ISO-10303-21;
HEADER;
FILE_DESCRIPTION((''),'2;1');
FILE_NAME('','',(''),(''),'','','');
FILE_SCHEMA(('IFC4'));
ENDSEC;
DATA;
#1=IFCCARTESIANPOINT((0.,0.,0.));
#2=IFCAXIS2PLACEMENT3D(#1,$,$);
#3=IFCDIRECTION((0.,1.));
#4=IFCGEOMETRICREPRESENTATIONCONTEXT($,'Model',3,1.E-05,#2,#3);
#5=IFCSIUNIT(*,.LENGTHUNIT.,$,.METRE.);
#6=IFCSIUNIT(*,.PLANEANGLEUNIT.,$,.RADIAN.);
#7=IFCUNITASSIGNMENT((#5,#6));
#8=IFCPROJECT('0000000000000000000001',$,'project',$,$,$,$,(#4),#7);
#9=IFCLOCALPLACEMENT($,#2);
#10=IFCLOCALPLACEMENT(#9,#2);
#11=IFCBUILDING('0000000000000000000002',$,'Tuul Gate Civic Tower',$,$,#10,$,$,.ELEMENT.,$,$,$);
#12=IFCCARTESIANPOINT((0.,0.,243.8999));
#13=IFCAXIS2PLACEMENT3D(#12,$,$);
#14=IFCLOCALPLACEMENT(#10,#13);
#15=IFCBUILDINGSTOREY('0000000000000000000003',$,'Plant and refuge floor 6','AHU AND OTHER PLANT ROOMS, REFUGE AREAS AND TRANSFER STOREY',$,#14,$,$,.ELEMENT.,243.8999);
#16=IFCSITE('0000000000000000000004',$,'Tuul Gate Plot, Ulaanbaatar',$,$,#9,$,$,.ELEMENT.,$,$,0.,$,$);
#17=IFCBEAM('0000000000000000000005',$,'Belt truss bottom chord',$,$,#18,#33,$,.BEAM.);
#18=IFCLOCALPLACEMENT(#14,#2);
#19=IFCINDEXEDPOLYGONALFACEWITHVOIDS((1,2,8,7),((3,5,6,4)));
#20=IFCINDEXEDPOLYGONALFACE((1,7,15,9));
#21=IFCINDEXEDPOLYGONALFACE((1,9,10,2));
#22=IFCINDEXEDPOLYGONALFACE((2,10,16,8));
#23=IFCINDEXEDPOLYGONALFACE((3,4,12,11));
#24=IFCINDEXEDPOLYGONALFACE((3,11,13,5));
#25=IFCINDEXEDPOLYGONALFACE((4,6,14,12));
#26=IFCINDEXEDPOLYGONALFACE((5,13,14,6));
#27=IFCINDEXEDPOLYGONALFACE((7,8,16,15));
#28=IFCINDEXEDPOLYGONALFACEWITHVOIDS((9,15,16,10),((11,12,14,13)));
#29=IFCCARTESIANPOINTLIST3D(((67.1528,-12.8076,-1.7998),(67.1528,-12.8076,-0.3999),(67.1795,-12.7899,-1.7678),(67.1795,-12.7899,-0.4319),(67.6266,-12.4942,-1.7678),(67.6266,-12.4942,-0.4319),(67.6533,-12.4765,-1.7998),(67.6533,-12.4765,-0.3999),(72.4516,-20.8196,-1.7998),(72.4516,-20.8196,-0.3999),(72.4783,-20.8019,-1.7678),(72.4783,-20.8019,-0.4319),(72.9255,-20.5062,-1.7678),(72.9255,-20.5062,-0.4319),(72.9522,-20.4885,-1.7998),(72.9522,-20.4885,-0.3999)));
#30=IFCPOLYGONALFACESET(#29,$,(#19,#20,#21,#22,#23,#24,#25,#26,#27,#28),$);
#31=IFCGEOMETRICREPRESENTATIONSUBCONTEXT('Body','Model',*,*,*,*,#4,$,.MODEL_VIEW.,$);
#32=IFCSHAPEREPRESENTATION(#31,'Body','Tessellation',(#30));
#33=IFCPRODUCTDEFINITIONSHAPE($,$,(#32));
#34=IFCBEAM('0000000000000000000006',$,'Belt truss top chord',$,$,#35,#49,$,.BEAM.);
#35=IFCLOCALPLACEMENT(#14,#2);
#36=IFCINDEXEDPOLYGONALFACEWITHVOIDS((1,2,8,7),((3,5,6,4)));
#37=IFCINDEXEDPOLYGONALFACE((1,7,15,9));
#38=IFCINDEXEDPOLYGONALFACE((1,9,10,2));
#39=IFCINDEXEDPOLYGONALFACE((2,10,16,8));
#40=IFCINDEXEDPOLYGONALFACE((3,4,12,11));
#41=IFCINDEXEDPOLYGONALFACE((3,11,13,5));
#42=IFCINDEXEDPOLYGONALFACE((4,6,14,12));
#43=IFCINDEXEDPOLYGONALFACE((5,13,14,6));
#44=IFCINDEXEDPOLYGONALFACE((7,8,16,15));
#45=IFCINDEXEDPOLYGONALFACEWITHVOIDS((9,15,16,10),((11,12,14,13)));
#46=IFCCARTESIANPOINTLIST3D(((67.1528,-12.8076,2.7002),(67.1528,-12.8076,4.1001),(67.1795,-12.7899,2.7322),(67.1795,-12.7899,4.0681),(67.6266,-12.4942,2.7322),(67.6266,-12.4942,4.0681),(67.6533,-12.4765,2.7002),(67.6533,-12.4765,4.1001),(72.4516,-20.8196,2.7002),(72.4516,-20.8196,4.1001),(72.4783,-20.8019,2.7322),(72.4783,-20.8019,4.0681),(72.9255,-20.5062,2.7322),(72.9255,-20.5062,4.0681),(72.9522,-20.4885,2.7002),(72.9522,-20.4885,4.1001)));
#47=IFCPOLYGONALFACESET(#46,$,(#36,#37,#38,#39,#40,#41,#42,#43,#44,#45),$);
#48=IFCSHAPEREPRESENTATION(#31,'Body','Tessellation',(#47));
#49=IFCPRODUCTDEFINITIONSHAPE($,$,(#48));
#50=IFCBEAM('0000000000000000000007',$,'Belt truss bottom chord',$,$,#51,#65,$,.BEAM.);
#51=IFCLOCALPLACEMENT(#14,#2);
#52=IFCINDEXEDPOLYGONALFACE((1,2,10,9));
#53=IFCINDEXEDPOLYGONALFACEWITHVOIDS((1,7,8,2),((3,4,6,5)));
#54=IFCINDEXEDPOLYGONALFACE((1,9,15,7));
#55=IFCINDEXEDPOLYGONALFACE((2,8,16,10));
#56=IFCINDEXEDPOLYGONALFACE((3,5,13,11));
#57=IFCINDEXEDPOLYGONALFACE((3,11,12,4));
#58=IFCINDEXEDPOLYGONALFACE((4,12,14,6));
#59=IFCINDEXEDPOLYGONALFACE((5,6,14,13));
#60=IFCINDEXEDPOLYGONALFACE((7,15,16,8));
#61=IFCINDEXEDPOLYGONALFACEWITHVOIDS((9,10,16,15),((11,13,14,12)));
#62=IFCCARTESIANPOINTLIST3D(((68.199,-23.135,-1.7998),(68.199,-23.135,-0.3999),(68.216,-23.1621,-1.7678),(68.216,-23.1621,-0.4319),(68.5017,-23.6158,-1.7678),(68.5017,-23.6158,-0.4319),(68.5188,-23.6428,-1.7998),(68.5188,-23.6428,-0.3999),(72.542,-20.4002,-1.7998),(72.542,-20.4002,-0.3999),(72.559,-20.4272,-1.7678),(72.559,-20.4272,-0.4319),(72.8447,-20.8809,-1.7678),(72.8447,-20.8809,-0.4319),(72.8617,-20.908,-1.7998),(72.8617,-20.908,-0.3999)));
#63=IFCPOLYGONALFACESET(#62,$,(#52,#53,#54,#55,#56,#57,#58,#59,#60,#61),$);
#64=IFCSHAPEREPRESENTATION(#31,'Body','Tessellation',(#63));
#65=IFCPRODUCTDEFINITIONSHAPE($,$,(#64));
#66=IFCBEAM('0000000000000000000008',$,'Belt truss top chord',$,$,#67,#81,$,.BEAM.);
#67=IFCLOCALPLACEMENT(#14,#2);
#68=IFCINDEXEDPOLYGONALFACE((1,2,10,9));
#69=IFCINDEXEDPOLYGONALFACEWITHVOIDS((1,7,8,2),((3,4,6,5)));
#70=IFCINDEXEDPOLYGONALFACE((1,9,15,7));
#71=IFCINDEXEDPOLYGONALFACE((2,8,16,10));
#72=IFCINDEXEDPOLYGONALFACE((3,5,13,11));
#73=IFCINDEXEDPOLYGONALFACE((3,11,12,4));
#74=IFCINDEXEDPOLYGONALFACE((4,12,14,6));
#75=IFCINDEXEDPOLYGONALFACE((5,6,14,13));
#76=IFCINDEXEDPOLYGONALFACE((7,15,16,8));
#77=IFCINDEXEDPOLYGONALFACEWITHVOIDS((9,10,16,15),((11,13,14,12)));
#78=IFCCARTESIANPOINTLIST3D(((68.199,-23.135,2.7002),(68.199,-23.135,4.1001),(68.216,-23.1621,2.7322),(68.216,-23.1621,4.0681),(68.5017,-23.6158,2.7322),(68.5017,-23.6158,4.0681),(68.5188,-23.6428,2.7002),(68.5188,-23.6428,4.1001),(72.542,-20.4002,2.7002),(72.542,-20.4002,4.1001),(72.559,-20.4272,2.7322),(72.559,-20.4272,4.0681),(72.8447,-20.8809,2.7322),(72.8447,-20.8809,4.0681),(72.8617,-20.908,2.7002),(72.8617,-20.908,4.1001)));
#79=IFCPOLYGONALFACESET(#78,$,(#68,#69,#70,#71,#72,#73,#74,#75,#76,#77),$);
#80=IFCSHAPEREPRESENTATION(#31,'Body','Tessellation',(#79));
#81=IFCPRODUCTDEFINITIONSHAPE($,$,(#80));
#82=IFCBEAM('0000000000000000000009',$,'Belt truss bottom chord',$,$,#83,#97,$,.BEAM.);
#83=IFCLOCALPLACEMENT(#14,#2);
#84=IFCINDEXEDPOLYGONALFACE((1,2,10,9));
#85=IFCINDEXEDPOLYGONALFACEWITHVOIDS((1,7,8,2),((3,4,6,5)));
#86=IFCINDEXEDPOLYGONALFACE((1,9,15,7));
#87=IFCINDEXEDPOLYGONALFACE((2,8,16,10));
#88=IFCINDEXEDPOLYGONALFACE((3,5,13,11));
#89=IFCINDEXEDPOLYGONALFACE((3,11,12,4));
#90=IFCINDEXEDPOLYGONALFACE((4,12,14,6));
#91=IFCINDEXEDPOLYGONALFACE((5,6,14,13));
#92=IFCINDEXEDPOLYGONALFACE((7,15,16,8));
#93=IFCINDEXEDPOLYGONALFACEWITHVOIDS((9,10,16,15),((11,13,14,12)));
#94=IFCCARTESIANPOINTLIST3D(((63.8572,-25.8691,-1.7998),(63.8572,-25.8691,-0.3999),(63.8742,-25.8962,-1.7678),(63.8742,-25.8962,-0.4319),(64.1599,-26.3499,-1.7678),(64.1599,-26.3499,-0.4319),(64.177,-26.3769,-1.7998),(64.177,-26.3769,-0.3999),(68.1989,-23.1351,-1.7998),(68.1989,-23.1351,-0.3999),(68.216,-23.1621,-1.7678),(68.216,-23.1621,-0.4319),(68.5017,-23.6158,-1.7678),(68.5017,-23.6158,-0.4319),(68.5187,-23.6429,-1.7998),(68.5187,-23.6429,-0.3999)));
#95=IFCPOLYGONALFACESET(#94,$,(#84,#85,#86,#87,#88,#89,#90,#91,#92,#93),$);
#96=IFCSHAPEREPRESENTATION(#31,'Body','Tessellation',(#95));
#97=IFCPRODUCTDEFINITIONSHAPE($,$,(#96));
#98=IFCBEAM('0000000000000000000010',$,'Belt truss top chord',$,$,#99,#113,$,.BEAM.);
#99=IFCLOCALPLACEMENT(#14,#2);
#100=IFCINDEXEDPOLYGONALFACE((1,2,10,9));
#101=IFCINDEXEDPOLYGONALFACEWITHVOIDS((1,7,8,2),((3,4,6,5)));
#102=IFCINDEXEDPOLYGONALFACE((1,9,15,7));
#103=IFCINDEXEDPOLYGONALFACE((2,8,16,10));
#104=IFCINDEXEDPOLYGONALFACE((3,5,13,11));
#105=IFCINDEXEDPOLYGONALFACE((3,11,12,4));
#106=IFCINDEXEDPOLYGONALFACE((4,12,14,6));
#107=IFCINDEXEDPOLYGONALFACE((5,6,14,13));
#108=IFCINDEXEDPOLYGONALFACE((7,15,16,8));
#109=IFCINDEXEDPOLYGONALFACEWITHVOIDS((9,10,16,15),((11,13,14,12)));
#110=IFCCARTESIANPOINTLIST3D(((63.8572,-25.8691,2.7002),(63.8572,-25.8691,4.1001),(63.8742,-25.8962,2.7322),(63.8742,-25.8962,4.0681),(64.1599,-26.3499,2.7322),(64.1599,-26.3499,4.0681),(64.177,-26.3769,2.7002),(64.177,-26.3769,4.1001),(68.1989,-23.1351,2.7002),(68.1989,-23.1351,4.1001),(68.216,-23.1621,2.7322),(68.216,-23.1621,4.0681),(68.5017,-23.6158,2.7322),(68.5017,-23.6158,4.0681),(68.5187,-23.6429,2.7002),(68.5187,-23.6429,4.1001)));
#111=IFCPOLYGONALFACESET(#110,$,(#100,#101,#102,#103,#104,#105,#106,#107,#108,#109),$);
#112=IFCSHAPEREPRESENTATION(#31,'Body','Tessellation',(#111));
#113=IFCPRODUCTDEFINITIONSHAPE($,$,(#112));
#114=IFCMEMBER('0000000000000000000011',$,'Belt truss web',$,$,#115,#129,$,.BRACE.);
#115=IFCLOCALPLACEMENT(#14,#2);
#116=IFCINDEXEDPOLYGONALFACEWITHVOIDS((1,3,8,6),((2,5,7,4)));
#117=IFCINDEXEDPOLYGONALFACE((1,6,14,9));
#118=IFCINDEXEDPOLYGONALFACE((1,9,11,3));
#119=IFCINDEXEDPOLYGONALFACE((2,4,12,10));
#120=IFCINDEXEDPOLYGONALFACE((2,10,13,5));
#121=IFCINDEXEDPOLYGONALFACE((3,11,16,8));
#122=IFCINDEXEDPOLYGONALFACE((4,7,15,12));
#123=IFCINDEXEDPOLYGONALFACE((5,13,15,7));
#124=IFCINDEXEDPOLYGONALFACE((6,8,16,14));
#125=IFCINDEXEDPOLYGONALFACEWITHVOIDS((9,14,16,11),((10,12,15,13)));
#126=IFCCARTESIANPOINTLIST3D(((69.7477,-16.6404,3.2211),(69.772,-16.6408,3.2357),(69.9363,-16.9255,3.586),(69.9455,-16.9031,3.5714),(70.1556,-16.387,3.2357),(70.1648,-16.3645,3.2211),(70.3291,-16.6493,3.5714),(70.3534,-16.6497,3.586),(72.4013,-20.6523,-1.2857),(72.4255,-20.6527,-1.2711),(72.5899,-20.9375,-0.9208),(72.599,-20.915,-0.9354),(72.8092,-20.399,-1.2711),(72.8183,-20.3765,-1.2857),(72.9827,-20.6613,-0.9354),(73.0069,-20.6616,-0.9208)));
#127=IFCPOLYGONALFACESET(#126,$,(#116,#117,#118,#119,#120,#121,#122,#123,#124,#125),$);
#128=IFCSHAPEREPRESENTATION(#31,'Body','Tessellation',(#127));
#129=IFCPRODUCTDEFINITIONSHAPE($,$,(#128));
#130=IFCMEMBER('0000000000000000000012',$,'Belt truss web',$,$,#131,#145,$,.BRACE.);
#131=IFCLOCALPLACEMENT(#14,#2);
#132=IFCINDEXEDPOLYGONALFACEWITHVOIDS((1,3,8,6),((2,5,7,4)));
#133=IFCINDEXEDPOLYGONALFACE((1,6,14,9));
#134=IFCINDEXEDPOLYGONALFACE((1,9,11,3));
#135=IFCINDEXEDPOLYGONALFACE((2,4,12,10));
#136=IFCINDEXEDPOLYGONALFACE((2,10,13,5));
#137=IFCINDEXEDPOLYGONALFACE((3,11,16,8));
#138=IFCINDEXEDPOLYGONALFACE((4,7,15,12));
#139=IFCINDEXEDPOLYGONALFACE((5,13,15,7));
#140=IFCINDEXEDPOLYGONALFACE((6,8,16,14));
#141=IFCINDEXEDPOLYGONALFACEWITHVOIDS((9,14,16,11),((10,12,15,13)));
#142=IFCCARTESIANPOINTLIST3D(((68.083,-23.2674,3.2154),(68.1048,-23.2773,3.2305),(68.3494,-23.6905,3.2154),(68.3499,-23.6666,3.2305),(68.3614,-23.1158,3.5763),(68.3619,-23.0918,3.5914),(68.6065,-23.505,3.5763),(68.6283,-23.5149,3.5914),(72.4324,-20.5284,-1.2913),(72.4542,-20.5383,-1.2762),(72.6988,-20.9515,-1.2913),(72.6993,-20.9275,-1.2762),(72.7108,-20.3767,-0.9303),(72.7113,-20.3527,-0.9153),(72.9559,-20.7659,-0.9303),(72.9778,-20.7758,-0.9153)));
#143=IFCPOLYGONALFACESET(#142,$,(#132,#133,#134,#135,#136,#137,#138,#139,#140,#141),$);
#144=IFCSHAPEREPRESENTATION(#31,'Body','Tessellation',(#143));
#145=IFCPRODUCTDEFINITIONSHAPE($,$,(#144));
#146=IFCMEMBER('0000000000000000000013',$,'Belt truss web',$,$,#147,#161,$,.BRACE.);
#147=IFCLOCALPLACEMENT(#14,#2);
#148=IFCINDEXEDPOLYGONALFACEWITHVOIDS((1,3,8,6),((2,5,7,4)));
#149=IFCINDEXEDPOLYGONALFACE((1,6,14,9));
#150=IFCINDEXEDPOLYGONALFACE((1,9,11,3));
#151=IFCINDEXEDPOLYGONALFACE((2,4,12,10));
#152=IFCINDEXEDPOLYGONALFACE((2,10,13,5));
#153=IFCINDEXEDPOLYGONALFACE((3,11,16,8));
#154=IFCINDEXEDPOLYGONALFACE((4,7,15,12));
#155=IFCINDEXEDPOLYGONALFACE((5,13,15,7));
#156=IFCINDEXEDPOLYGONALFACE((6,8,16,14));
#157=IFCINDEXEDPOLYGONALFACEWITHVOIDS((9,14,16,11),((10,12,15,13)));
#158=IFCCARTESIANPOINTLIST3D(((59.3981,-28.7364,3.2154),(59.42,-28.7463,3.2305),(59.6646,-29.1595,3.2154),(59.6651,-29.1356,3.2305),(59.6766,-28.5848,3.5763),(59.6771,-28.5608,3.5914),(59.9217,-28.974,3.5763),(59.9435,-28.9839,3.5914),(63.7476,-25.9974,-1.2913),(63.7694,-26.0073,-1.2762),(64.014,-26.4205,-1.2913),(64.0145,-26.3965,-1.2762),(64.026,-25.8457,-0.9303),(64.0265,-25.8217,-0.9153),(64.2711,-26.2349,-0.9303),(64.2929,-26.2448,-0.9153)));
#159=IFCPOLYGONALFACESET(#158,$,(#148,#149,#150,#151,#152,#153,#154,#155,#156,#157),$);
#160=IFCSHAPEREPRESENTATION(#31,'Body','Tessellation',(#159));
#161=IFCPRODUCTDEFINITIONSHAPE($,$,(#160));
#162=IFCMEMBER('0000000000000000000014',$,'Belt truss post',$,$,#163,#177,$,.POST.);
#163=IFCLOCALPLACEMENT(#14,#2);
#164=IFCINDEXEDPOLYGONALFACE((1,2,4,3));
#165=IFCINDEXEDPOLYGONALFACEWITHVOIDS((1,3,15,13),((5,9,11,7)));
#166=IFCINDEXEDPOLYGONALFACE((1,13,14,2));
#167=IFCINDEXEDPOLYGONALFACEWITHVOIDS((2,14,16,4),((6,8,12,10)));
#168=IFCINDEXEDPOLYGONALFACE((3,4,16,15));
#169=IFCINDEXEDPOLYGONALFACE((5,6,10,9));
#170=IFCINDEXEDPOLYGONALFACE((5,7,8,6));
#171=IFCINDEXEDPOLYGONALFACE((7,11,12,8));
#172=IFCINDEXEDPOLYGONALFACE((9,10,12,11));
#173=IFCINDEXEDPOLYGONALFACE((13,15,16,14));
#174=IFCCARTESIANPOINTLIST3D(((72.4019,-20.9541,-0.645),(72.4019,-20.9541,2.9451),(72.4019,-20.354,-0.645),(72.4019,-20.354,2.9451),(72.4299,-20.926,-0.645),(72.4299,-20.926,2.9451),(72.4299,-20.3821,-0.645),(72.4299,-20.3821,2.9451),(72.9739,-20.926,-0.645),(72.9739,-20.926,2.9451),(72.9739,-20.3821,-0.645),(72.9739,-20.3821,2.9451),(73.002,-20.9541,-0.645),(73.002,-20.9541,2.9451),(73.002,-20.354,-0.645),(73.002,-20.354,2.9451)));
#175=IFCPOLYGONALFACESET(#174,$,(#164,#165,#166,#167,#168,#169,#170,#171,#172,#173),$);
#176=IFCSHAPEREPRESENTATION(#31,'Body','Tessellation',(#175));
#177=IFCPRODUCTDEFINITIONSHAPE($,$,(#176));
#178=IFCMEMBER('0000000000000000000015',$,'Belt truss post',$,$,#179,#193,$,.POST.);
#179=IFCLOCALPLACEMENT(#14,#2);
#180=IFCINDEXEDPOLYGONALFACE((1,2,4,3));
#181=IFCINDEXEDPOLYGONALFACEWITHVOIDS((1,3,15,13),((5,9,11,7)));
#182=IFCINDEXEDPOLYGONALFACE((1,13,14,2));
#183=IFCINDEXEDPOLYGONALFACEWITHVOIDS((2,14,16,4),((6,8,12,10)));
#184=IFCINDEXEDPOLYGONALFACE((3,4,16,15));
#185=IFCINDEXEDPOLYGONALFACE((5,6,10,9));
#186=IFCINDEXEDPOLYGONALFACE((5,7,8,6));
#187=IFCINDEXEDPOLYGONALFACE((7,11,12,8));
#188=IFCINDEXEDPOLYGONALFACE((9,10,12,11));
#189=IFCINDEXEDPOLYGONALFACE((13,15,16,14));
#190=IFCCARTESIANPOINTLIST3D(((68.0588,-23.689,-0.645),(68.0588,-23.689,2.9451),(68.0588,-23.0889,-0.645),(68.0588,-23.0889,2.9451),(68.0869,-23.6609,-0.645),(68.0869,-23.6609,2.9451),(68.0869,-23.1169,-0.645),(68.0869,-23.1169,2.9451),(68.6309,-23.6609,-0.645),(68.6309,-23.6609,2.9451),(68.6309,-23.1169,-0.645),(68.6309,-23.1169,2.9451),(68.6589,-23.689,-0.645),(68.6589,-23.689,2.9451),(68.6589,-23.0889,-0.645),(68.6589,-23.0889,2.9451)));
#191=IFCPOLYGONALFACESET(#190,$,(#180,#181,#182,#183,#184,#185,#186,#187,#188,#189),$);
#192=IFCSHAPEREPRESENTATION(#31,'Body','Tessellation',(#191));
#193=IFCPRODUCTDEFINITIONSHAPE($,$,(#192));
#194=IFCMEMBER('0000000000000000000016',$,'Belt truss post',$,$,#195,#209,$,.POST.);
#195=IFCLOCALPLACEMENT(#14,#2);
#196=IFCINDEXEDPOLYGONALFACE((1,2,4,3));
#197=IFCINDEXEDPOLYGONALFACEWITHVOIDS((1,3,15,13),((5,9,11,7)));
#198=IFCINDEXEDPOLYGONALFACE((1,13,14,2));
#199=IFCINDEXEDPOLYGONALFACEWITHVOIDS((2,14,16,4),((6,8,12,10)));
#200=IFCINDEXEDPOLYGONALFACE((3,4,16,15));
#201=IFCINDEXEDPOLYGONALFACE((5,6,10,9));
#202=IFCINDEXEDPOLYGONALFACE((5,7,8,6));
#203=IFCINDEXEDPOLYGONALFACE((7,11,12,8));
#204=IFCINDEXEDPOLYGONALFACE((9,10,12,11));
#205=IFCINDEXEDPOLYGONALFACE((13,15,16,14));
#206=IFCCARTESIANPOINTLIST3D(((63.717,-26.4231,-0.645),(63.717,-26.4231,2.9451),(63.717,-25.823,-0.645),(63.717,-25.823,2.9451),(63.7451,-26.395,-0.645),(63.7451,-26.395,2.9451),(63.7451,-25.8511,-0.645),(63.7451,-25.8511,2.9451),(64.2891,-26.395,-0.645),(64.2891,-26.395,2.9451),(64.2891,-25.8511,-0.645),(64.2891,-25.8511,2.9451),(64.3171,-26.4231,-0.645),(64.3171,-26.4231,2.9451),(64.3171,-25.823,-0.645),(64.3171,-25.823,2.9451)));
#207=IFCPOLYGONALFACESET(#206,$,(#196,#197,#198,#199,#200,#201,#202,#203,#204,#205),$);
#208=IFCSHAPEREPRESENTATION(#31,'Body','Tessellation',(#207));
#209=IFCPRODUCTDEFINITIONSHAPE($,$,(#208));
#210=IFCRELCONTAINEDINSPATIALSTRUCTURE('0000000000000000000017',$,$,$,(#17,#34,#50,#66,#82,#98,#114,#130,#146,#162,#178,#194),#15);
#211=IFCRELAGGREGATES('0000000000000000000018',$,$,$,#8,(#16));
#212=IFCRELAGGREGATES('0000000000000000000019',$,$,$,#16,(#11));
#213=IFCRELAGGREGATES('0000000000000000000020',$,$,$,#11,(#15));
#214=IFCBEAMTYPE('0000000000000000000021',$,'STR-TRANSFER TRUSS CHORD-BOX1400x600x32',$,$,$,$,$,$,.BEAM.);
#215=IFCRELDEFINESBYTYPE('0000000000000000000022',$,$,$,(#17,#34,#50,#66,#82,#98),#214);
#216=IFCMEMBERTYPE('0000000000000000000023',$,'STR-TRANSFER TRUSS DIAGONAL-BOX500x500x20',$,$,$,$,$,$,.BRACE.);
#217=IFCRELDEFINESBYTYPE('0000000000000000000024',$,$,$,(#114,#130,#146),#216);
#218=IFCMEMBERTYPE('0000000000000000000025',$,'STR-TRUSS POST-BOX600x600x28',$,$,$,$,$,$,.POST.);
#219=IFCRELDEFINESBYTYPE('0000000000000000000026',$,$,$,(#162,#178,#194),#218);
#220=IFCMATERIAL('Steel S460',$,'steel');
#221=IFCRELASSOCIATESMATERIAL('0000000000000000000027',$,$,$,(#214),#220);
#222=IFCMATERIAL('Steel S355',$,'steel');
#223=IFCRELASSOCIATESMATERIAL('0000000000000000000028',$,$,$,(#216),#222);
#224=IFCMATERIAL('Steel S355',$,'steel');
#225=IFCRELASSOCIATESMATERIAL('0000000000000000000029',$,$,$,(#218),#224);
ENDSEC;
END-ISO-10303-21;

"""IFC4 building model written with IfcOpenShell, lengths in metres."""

from ifc_helpers import new_model, si_unit, direction, frame, origin, origin_2d, place, context, subcontext, project, spatial, hollow_rectangle, extrude, material, material_profile, profile_set, type_object, element, save


model = new_model("IFC4")

# Units and contexts
model_context = context("Model", 3, precision=1e-05, world=origin(), true_north=direction((0.0, 1.0)))
body_context = subcontext(model_context, "Body", "Model", "MODEL_VIEW")
ifc_project = project(units=[si_unit("LENGTHUNIT", "METRE"), si_unit("PLANEANGLEUNIT", "RADIAN")], contexts=[model_context])

# Site, building, storey
site_placement = place(None, origin())
site = spatial("IfcSite", under=ifc_project, at=site_placement, Name="Tuul Gate Plot, Ulaanbaatar", CompositionType="ELEMENT", RefElevation=0.0)
building_placement = place(site_placement, origin())
building = spatial("IfcBuilding", under=site, at=building_placement, Name="Tuul Gate Civic Tower", CompositionType="ELEMENT")
storey_placement = place(building_placement, frame((0.0, 0.0, 243.8999)))
storey = spatial("IfcBuildingStorey", under=building, at=storey_placement, Name="Plant and refuge floor 6", Description="AHU AND OTHER PLANT ROOMS, REFUGE AREAS AND TRANSFER STOREY", CompositionType="ELEMENT", Elevation=243.8999)

# Beams
ifc_material_1 = material(Name="Steel S460", Category="steel")
ifc_material_profile_1 = material_profile(ifc_material_1, hollow_rectangle(XDim=0.6001, YDim=1.3999, WallThickness=0.032, at=origin_2d()), Name="BOX1400x600x32")
ifc_profile_set_1 = profile_set([ifc_material_profile_1], Name="Steel S460")
beam_type = type_object("IfcBeamType", Name="STR-TRANSFER TRUSS CHORD-BOX1400x600x32", PredefinedType="BEAM", material=ifc_profile_set_1)
for number, where, z_axis, x_axis, name in (
    (1, (72.7019, -20.6541, -1.0999), (-0.551635, 0.834086, 0.0), (-0.834086, -0.551635, 0.0), "Belt truss bottom chord"),
    (2, (72.7019, -20.6541, 3.4001), (-0.551635, 0.834086, 0.0), (-0.834086, -0.551635, 0.0), "Belt truss top chord"),
):
    element("IfcBeam", number, at=place(storey_placement, frame(where, z_axis=z_axis, x_axis=x_axis)), inside=storey, type_object=beam_type, Name=name, PredefinedType="BEAM", context=body_context, shape_type="SweptSolid", body=[
        extrude(hollow_rectangle(XDim=0.6001, YDim=1.3999, WallThickness=0.032, at=origin_2d()), origin(), (0.0, 0.0, 1.0), 9.6057),
    ])
for number, where, z_axis, x_axis, name in (
    (3, (68.3589, -23.3889, -1.0999), (0.8462, 0.532865, 0.0), (-0.532865, 0.8462, 0.0), "Belt truss bottom chord"),
    (4, (68.3589, -23.3889, 3.4001), (0.8462, 0.532865, 0.0), (-0.532865, 0.8462, 0.0), "Belt truss top chord"),
):
    element("IfcBeam", number, at=place(storey_placement, frame(where, z_axis=z_axis, x_axis=x_axis)), inside=storey, type_object=beam_type, Name=name, PredefinedType="BEAM", context=body_context, shape_type="SweptSolid", body=[
        extrude(hollow_rectangle(XDim=0.6001, YDim=1.3999, WallThickness=0.032, at=origin_2d()), origin(), (0.0, 0.0, 1.0), 5.1323),
    ])
for number, where, z_axis, x_axis, name in (
    (5, (64.0171, -26.123, -1.0999), (0.846197, 0.53287, 0.0), (-0.53287, 0.846197, 0.0), "Belt truss bottom chord"),
    (6, (64.0171, -26.123, 3.4001), (0.846197, 0.53287, 0.0), (-0.53287, 0.846197, 0.0), "Belt truss top chord"),
):
    element("IfcBeam", number, at=place(storey_placement, frame(where, z_axis=z_axis, x_axis=x_axis)), inside=storey, type_object=beam_type, Name=name, PredefinedType="BEAM", context=body_context, shape_type="SweptSolid", body=[
        extrude(hollow_rectangle(XDim=0.6001, YDim=1.3999, WallThickness=0.032, at=origin_2d()), origin(), (0.0, 0.0, 1.0), 5.1309),
    ])

# Members
ifc_material_2 = material(Name="Steel S355", Category="steel")
ifc_material_profile_2 = material_profile(ifc_material_2, hollow_rectangle(XDim=0.5, YDim=0.5, WallThickness=0.02, at=origin_2d()), Name="BOX500x500x20")
ifc_profile_set_2 = profile_set([ifc_material_profile_2], Name="Steel S355")
member_type_1 = type_object("IfcMemberType", Name="STR-TRANSFER TRUSS DIAGONAL-BOX500x500x20", PredefinedType="BRACE", material=ifc_profile_set_2)
member_placement = place(storey_placement, frame((72.7041, -20.657, -1.1033), z_axis=(-0.402569, 0.60865, 0.683727), x_axis=(-0.834067, -0.551663, 0.0)))
element("IfcMember", 7, at=member_placement, inside=storey, type_object=member_type_1, Name="Belt truss web", PredefinedType="BRACE", context=body_context, shape_type="SweptSolid", body=[
    extrude(hollow_rectangle(XDim=0.5, YDim=0.5, WallThickness=0.02, at=origin_2d()), origin(), (0.0, 0.0, 1.0), 6.5916),
])
for number, where, z_axis, x_axis, name in (
    (8, (72.7051, -20.6521, -1.1033), (-0.63626, -0.400685, 0.659261), (0.532886, -0.846187, 0.0), "Belt truss web"),
    (9, (64.0203, -26.1211, -1.1033), (-0.63626, -0.400685, 0.659261), (0.532886, -0.846187, 0.0), "Belt truss web"),
):
    element("IfcMember", number, at=place(storey_placement, frame(where, z_axis=z_axis, x_axis=x_axis)), inside=storey, type_object=member_type_1, Name=name, PredefinedType="BRACE", context=body_context, shape_type="SweptSolid", body=[
        extrude(hollow_rectangle(XDim=0.5, YDim=0.5, WallThickness=0.02, at=origin_2d()), origin(), (0.0, 0.0, 1.0), 6.8359),
    ])
ifc_material_3 = material(Name="Steel S355", Category="steel")
ifc_material_profile_3 = material_profile(ifc_material_3, hollow_rectangle(XDim=0.6001, YDim=0.6001, WallThickness=0.0281, at=origin_2d()), Name="BOX600x600x28")
ifc_profile_set_3 = profile_set([ifc_material_profile_3], Name="Steel S355")
member_type_2 = type_object("IfcMemberType", Name="STR-TRUSS POST-BOX600x600x28", PredefinedType="POST", material=ifc_profile_set_3)
for number, where, z_axis, x_axis, name in (
    (10, (72.7019, -20.6541, -0.645), (0.0, 0.0, 1.0), (1.0, 0.0, 0.0), "Belt truss post"),
    (11, (68.3589, -23.3889, -0.645), (0.0, 0.0, 1.0), (1.0, 0.0, 0.0), "Belt truss post"),
    (12, (64.0171, -26.123, -0.645), (0.0, 0.0, 1.0), (1.0, 0.0, 0.0), "Belt truss post"),
):
    element("IfcMember", number, at=place(storey_placement, frame(where, z_axis=z_axis, x_axis=x_axis)), inside=storey, type_object=member_type_2, Name=name, PredefinedType="POST", context=body_context, shape_type="SweptSolid", body=[
        extrude(hollow_rectangle(XDim=0.6001, YDim=0.6001, WallThickness=0.0281, at=origin_2d()), origin(), (0.0, 0.0, 1.0), 3.5901),
    ])

save(model, "model.ifc")
